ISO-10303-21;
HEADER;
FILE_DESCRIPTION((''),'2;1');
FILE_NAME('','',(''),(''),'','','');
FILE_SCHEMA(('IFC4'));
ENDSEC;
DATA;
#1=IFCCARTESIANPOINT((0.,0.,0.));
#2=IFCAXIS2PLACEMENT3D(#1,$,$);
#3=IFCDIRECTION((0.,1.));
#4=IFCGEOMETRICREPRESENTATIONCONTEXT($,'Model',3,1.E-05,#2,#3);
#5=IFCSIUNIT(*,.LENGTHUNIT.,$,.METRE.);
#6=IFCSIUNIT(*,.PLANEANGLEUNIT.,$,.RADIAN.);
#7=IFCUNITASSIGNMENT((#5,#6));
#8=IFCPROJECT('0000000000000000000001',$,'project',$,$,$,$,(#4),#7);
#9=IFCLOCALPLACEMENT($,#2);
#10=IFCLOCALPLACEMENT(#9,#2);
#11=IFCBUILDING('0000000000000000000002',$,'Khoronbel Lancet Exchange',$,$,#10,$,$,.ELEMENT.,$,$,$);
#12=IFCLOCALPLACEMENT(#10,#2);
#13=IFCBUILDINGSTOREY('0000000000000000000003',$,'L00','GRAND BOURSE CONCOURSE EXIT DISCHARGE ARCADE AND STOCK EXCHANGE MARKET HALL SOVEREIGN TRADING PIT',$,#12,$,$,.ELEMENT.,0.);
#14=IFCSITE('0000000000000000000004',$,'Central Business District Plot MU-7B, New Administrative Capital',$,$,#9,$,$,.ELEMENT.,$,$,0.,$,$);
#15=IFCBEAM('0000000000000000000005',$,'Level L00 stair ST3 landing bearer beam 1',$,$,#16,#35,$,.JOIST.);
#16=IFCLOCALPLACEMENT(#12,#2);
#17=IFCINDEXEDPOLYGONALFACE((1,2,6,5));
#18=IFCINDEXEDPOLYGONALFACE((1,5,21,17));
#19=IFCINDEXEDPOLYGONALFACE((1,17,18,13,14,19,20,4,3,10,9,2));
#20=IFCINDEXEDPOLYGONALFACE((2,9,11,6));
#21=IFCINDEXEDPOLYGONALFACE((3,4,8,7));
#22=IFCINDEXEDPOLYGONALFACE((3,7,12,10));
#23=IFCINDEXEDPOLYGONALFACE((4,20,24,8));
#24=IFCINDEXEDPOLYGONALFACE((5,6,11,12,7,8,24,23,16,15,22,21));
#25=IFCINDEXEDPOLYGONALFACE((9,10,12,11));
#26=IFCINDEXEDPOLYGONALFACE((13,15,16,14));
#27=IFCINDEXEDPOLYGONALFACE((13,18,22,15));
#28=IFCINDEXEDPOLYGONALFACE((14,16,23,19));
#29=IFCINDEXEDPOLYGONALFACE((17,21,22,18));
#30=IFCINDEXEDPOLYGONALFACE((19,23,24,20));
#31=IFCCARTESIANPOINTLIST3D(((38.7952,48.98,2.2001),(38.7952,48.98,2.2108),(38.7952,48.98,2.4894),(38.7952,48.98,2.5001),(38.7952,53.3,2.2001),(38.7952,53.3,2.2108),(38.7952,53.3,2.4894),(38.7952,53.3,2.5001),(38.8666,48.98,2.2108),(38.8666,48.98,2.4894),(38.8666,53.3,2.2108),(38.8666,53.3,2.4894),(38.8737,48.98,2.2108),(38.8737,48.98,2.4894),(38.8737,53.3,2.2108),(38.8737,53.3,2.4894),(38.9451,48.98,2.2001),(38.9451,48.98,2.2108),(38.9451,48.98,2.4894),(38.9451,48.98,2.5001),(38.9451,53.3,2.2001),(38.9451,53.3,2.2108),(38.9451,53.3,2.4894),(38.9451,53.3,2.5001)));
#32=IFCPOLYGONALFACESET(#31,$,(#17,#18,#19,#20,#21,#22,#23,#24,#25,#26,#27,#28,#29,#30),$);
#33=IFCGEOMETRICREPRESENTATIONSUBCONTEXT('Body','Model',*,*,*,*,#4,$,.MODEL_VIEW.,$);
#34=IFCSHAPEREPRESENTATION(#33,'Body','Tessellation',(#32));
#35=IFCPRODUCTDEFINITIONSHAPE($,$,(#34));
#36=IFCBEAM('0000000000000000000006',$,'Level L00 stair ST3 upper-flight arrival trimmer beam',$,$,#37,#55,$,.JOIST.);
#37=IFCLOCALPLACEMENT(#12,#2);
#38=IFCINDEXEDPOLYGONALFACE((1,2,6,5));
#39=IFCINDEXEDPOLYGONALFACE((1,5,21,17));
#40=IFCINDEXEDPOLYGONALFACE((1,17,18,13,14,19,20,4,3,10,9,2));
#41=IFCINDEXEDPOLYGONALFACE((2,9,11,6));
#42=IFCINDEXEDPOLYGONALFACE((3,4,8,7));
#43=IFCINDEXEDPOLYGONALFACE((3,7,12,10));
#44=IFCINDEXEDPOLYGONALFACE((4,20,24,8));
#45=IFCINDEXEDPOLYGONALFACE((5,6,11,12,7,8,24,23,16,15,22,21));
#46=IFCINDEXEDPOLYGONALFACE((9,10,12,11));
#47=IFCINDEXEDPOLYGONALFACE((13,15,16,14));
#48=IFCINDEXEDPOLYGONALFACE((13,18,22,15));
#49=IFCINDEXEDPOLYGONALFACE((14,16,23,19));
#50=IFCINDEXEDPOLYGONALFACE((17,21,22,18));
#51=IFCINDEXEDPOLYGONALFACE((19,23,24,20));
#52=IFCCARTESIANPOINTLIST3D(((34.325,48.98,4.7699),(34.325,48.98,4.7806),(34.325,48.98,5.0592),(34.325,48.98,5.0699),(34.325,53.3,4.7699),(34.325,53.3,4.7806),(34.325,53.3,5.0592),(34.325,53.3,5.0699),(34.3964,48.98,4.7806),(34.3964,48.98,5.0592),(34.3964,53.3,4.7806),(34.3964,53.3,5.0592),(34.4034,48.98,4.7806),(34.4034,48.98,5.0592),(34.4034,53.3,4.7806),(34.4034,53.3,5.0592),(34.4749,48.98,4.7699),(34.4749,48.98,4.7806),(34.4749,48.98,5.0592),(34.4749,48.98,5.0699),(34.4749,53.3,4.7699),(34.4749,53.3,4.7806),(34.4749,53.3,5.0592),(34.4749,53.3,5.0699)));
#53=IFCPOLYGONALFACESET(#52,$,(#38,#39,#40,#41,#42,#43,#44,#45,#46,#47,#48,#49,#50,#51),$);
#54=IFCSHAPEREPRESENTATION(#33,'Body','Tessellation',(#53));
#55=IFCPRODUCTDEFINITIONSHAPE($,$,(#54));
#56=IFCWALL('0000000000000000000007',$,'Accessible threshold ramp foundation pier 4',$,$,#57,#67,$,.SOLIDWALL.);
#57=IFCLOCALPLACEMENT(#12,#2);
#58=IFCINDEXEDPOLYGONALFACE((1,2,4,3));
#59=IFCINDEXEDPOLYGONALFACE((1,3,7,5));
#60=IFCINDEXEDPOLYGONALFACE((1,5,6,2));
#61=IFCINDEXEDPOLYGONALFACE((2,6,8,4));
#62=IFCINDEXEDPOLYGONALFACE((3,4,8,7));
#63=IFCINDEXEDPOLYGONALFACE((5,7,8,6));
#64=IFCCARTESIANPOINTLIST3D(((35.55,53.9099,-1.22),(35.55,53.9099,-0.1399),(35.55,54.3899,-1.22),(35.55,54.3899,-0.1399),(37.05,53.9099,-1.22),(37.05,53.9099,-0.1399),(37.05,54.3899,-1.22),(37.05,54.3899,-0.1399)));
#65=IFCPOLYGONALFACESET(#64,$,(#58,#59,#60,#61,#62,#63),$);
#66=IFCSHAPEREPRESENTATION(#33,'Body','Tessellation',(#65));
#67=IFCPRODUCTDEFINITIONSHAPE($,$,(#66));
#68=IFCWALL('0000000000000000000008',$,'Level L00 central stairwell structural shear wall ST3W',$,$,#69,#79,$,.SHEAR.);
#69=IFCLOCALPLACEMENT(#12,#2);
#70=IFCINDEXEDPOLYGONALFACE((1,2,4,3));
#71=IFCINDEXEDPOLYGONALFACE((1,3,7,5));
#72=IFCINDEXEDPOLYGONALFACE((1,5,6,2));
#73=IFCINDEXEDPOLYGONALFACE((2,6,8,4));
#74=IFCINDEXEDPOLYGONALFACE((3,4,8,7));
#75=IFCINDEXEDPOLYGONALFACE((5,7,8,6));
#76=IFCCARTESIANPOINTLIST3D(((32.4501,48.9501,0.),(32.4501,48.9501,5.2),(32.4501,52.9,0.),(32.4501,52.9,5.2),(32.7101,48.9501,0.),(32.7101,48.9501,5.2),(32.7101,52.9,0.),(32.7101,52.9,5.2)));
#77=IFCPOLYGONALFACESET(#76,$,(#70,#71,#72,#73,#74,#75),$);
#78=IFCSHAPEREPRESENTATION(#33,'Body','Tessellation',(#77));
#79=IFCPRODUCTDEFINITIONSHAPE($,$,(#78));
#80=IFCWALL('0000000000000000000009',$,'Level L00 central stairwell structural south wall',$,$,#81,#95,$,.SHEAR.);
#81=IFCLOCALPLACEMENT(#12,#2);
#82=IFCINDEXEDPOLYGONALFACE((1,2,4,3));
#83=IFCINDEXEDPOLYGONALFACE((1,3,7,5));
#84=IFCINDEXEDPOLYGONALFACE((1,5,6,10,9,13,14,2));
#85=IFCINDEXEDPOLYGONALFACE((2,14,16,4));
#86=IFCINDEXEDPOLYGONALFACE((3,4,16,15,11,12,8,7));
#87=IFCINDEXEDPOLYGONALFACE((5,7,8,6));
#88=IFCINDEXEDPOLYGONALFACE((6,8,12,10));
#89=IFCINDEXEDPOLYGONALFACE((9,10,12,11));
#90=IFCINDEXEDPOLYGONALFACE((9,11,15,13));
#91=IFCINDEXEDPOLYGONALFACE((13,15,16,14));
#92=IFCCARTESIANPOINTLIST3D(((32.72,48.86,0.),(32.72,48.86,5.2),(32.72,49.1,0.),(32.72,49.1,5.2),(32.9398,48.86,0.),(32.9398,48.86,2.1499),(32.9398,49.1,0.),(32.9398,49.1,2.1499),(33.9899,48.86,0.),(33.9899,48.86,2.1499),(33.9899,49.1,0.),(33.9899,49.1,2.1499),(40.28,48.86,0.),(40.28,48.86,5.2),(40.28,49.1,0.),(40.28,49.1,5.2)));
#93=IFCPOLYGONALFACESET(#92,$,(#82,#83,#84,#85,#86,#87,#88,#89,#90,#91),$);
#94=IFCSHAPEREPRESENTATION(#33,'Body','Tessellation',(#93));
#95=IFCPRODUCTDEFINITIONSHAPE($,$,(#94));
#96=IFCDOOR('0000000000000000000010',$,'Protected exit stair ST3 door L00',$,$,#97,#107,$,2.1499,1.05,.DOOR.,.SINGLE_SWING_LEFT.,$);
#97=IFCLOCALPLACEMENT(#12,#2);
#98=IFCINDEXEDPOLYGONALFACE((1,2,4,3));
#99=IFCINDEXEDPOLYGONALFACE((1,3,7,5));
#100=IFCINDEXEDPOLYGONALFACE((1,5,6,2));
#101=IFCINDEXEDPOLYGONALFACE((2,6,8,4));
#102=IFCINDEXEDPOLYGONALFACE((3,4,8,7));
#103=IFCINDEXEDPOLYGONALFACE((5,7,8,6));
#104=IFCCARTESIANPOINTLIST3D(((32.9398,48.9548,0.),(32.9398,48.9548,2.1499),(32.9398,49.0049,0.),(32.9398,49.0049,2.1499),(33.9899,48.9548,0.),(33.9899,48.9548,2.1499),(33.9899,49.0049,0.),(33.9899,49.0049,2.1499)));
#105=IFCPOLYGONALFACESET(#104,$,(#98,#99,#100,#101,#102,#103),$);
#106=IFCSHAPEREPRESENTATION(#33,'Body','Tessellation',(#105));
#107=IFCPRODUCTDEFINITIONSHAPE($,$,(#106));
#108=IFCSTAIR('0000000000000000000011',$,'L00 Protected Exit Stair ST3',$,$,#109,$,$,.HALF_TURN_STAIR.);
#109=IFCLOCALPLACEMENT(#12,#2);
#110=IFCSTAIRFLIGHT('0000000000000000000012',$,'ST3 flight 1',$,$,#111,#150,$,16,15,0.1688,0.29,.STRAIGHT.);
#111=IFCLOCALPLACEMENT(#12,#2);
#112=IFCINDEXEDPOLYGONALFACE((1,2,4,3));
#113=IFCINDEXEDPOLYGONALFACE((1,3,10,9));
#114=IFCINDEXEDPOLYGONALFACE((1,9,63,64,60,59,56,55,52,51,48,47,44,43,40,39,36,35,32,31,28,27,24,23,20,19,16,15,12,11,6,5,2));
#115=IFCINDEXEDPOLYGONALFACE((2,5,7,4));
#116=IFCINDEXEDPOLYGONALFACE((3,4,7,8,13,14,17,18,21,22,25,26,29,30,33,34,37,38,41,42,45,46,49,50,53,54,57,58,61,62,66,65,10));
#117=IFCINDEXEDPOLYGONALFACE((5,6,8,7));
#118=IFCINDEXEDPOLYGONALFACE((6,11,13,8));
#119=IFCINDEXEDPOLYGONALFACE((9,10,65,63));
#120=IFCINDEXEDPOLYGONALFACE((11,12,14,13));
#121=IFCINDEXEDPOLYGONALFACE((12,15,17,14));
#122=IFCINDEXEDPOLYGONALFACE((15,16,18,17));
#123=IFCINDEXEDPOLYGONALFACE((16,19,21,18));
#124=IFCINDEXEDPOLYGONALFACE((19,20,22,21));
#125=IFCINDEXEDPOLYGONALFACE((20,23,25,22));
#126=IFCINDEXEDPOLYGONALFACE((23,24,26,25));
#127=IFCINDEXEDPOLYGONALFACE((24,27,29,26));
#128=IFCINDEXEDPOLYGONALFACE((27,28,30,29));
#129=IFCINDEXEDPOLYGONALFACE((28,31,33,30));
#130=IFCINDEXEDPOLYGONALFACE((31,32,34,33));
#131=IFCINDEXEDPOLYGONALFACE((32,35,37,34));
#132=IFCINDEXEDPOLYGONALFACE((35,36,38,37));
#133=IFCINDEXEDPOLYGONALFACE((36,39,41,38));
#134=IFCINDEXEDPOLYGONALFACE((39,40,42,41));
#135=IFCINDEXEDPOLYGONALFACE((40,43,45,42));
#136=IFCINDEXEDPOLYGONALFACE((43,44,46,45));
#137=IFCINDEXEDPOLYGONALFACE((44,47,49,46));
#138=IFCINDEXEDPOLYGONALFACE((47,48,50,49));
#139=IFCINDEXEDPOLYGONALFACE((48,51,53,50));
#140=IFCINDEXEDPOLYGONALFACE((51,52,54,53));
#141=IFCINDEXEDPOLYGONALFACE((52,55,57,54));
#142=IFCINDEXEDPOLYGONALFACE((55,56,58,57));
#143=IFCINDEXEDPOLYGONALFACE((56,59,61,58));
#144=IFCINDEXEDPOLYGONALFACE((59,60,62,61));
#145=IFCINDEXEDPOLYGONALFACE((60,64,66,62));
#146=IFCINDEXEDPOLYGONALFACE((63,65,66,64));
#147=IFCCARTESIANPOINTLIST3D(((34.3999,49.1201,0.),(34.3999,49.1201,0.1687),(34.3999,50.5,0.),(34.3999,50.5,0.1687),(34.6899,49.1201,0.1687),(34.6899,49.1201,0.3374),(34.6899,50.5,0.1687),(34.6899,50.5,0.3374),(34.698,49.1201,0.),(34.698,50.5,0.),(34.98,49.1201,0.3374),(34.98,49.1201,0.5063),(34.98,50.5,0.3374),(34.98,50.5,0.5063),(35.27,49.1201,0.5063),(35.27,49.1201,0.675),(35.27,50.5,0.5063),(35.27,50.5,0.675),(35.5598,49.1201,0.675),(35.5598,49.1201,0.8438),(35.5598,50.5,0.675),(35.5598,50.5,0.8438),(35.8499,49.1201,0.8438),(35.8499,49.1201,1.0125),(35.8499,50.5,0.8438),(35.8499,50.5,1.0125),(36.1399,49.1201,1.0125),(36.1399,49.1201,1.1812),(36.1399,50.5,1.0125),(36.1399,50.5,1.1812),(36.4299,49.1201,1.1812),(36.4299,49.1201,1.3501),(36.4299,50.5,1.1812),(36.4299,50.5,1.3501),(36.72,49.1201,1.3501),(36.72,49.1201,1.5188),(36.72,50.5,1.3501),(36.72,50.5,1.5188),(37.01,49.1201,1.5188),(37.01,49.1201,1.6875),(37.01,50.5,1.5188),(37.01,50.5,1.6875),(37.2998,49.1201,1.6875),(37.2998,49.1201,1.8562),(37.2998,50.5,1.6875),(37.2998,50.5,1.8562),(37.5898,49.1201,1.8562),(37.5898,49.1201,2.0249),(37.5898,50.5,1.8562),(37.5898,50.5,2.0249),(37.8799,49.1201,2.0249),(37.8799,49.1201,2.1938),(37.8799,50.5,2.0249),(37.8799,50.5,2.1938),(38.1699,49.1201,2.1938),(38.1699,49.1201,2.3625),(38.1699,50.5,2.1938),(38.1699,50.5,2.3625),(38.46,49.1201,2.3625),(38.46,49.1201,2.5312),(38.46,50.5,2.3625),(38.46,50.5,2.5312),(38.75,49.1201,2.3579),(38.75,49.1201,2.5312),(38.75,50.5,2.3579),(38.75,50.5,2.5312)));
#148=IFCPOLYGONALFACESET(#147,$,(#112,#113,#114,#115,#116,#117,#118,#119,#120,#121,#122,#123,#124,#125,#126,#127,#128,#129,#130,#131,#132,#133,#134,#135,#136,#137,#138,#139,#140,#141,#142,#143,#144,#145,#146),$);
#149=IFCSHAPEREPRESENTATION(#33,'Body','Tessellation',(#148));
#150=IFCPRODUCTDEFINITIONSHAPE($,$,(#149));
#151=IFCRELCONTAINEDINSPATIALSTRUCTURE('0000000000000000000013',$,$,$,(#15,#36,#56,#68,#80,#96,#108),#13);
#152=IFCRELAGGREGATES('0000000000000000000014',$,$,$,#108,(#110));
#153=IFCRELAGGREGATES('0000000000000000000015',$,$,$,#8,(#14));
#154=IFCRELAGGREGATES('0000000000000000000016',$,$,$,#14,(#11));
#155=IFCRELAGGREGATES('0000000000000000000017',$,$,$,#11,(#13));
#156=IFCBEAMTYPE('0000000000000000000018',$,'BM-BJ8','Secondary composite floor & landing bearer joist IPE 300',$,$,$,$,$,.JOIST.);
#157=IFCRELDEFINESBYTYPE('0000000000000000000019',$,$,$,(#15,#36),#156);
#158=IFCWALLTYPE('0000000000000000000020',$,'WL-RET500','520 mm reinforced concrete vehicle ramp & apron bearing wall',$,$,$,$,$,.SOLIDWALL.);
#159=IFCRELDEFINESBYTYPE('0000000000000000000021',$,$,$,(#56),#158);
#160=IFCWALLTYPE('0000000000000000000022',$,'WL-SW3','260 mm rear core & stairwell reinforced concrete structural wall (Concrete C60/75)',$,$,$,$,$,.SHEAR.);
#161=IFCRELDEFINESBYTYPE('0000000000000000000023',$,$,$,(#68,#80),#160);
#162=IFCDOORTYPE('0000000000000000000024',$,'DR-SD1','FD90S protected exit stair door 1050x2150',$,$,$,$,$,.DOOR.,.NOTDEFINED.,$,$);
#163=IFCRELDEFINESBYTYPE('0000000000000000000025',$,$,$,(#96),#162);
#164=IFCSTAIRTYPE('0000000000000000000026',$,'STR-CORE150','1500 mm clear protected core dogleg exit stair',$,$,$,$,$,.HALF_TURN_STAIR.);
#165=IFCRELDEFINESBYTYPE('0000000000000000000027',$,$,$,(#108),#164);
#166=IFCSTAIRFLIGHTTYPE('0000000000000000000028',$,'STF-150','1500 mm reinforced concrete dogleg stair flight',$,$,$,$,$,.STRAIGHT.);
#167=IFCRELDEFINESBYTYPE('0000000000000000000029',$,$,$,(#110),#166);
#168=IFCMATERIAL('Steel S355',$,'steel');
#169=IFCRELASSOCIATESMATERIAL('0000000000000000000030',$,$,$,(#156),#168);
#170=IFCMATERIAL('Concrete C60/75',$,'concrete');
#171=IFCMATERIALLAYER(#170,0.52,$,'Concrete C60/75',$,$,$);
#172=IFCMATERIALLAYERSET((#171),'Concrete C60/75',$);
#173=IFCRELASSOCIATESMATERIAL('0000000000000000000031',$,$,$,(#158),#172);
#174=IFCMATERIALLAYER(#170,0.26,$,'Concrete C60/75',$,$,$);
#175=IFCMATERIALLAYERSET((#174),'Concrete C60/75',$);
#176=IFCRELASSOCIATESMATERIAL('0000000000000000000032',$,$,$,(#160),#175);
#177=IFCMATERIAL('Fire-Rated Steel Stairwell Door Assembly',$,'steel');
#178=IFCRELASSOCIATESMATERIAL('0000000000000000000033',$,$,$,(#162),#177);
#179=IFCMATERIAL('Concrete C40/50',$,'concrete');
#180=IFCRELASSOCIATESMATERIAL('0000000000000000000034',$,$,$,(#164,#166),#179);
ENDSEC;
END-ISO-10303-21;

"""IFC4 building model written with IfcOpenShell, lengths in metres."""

from ifc_helpers import new_model, si_unit, direction, frame, frame_2d, origin, origin_2d, place, context, subcontext, project, spatial, polyline, rectangle, i_section, outline, extrude, material, layer, layer_set, material_profile, profile_set, type_object, element, fill, aggregate, save


model = new_model("IFC4")

# Units and contexts
model_context = context("Model", 3, precision=1e-05, world=origin(), true_north=direction((0.0, 1.0)))
body_context = subcontext(model_context, "Body", "Model", "MODEL_VIEW")
ifc_project = project(units=[si_unit("LENGTHUNIT", "METRE"), si_unit("PLANEANGLEUNIT", "RADIAN")], contexts=[model_context])

# Site, building, storey
site_placement = place(None, origin())
site = spatial("IfcSite", under=ifc_project, at=site_placement, Name="Central Business District Plot MU-7B, New Administrative Capital", CompositionType="ELEMENT", RefElevation=0.0)
building_placement = place(site_placement, origin())
building = spatial("IfcBuilding", under=site, at=building_placement, Name="Khoronbel Lancet Exchange", CompositionType="ELEMENT")
storey_placement = place(building_placement, origin())
storey = spatial("IfcBuildingStorey", under=building, at=storey_placement, Name="L00", Description="GRAND BOURSE CONCOURSE EXIT DISCHARGE ARCADE AND STOCK EXCHANGE MARKET HALL SOVEREIGN TRADING PIT", CompositionType="ELEMENT", Elevation=0.0)

# Beams
ifc_material_1 = material(Name="Steel S355", Category="steel")
ifc_material_profile = material_profile(ifc_material_1, i_section(OverallWidth=0.1499, OverallDepth=0.3, WebThickness=0.0071, FlangeThickness=0.0107, at=origin_2d()), Name="IPE 300")
ifc_profile_set = profile_set([ifc_material_profile], Name="Steel S355")
beam_type = type_object("IfcBeamType", Name="BM-BJ8", Description="Secondary composite floor & landing bearer joist IPE 300", PredefinedType="JOIST", material=ifc_profile_set)
for number, where, z_axis, x_axis, name in (
    (1, (38.8701, 48.98, 2.3501), (0.0, 1.0, 0.0), (-1.0, 0.0, 0.0), "Level L00 stair ST3 landing bearer beam 1"),
    (2, (34.3999, 48.98, 4.9199), (0.0, 1.0, 0.0), (-1.0, 0.0, 0.0), "Level L00 stair ST3 upper-flight arrival trimmer beam"),
):
    element("IfcBeam", number, at=place(storey_placement, frame(where, z_axis=z_axis, x_axis=x_axis)), inside=storey, type_object=beam_type, Name=name, PredefinedType="JOIST", context=body_context, shape_type="SweptSolid", body=[
        extrude(i_section(OverallWidth=0.1499, OverallDepth=0.3, WebThickness=0.0071, FlangeThickness=0.0107, at=origin_2d()), origin(), (0.0, 0.0, 1.0), 4.3201),
    ])

# Walls
ifc_material_2 = material(Name="Concrete C60/75", Category="concrete")
ifc_layer_1 = layer(ifc_material_2, 0.52, Name="Concrete C60/75")
ifc_layer_set_1 = layer_set([ifc_layer_1], Name="Concrete C60/75")
wall_type_1 = type_object("IfcWallType", Name="WL-RET500", Description="520 mm reinforced concrete vehicle ramp & apron bearing wall", PredefinedType="SOLIDWALL", material=ifc_layer_set_1)
wall_1_placement = place(storey_placement, frame((35.55, 54.1499, -1.22), z_axis=(0.0, 0.0, 1.0), x_axis=(1.0, 0.0, 0.0)))
element("IfcWall", 3, at=wall_1_placement, inside=storey, type_object=wall_type_1, Name="Accessible threshold ramp foundation pier 4", PredefinedType="SOLIDWALL", context=body_context, shape_type="SweptSolid", body=[
    extrude(rectangle(XDim=1.5, YDim=0.48, at=frame_2d((0.75, 0.0))), origin(), (0.0, 0.0, 1.0), 1.0801),
])
ifc_layer_2 = layer(ifc_material_2, 0.26, Name="Concrete C60/75")
ifc_layer_set_2 = layer_set([ifc_layer_2], Name="Concrete C60/75")
wall_type_2 = type_object("IfcWallType", Name="WL-SW3", Description="260 mm rear core & stairwell reinforced concrete structural wall (Concrete C60/75)", PredefinedType="SHEAR", material=ifc_layer_set_2)
wall_2_placement = place(storey_placement, frame((32.5801, 48.95, 0.0), z_axis=(0.0, 0.0, 1.0), x_axis=(0.0, 1.0, 0.0)))
element("IfcWall", 4, at=wall_2_placement, inside=storey, type_object=wall_type_2, Name="Level L00 central stairwell structural shear wall ST3W", PredefinedType="SHEAR", context=body_context, shape_type="SweptSolid", body=[
    extrude(rectangle(XDim=3.95, YDim=0.26, at=frame_2d((1.9751, 0.0))), origin(), (0.0, 0.0, 1.0), 5.2),
])

# Wall, opening, door
wall_3_placement = place(storey_placement, frame((32.72, 48.98, 0.0), z_axis=(0.0, 0.0, 1.0), x_axis=(1.0, 0.0, 0.0)))
wall_3 = element("IfcWall", 5, at=wall_3_placement, inside=storey, type_object=wall_type_2, Name="Level L00 central stairwell structural south wall", PredefinedType="SHEAR", context=body_context, shape_type="SweptSolid", body=[
    extrude(rectangle(XDim=7.5601, YDim=0.24, at=frame_2d((3.78, 0.0))), origin(), (0.0, 0.0, 1.0), 5.2),
])
opening_placement = place(wall_3_placement, frame((0.22, 0.0, 0.0)))
opening = element("IfcOpeningElement", 6, at=opening_placement, cuts=wall_3, PredefinedType="OPENING", context=body_context, shape_type="SweptSolid", body=[
    extrude(rectangle(XDim=1.05, YDim=2.1499, at=frame_2d((0.5249, 1.075))), frame((0.0, 0.1299, 0.0), z_axis=(0.0, -1.0, 0.0), x_axis=(1.0, 0.0, 0.0)), (0.0, 0.0, 1.0), 0.26),
])
ifc_material_3 = material(Name="Fire-Rated Steel Stairwell Door Assembly", Category="steel")
door_type = type_object("IfcDoorType", Name="DR-SD1", Description="FD90S protected exit stair door 1050x2150", OperationType="NOTDEFINED", PredefinedType="DOOR", material=ifc_material_3)
door_placement = place(opening_placement, origin())
door = element("IfcDoor", 7, at=door_placement, inside=storey, type_object=door_type, Name="Protected exit stair ST3 door L00", OperationType="SINGLE_SWING_LEFT", OverallHeight=2.1499, OverallWidth=1.05, PredefinedType="DOOR", context=body_context, shape_type="SweptSolid", body=[
    extrude(rectangle(XDim=1.05, YDim=2.1499, at=frame_2d((0.5249, 1.075))), frame((0.0, 0.0249, 0.0), z_axis=(0.0, -1.0, 0.0), x_axis=(1.0, 0.0, 0.0)), (0.0, 0.0, 1.0), 0.05),
])
fill(opening, door)

# Stair, stair flight
ifc_material_4 = material(Name="Concrete C40/50", Category="concrete")
stair_type = type_object("IfcStairType", Name="STR-CORE150", Description="1500 mm clear protected core dogleg exit stair", PredefinedType="HALF_TURN_STAIR", material=ifc_material_4)
stair_placement = place(storey_placement, origin())
stair = element("IfcStair", 8, at=stair_placement, inside=storey, type_object=stair_type, Name="L00 Protected Exit Stair ST3", PredefinedType="HALF_TURN_STAIR")
stair_flight_type = type_object("IfcStairFlightType", Name="STF-150", Description="1500 mm reinforced concrete dogleg stair flight", PredefinedType="STRAIGHT", material=ifc_material_4)
stair_flight_1_placement = place(storey_placement, frame((34.3999, 49.8101, 0.0), z_axis=(0.0, 0.0, 1.0), x_axis=(1.0, 0.0, 0.0)))
stair_flight_1 = element("IfcStairFlight", 9, at=stair_flight_1_placement, type_object=stair_flight_type, Name="ST3 flight 1", NumberOfRisers=16, NumberOfTreads=15, PredefinedType="STRAIGHT", RiserHeight=0.1688, TreadLength=0.29, context=body_context, shape_type="SweptSolid", body=[
    extrude(outline(polyline([(0.0, 0.0), (0.0, 0.1687), (0.29, 0.1687), (0.29, 0.3374), (0.5801, 0.3374), (0.5801, 0.5063), (0.8701, 0.5063), (0.8701, 0.675), (1.1599, 0.675), (1.1599, 0.8438), (1.45, 0.8438), (1.45, 1.0125), (1.74, 1.0125), (1.74, 1.1812), (2.03, 1.1812), (2.03, 1.3501), (2.3201, 1.3501), (2.3201, 1.5188), (2.6101, 1.5188), (2.6101, 1.6875), (2.8999, 1.6875), (2.8999, 1.8562), (3.1899, 1.8562), (3.1899, 2.0249), (3.48, 2.0249), (3.48, 2.1938), (3.77, 2.1938), (3.77, 2.3625), (4.0601, 2.3625), (4.0601, 2.5312), (4.3501, 2.5312), (4.3501, 2.7), (4.3501, 2.3579), (0.2981, 0.0), (0.0, 0.0)])), frame((0.0, 0.6899, 0.0), z_axis=(0.0, -1.0, 0.0), x_axis=(1.0, 0.0, 0.0)), (0.0, 0.0, 1.0), 1.3799),
])
aggregate(stair, [stair_flight_1])

save(model, "model.ifc")
